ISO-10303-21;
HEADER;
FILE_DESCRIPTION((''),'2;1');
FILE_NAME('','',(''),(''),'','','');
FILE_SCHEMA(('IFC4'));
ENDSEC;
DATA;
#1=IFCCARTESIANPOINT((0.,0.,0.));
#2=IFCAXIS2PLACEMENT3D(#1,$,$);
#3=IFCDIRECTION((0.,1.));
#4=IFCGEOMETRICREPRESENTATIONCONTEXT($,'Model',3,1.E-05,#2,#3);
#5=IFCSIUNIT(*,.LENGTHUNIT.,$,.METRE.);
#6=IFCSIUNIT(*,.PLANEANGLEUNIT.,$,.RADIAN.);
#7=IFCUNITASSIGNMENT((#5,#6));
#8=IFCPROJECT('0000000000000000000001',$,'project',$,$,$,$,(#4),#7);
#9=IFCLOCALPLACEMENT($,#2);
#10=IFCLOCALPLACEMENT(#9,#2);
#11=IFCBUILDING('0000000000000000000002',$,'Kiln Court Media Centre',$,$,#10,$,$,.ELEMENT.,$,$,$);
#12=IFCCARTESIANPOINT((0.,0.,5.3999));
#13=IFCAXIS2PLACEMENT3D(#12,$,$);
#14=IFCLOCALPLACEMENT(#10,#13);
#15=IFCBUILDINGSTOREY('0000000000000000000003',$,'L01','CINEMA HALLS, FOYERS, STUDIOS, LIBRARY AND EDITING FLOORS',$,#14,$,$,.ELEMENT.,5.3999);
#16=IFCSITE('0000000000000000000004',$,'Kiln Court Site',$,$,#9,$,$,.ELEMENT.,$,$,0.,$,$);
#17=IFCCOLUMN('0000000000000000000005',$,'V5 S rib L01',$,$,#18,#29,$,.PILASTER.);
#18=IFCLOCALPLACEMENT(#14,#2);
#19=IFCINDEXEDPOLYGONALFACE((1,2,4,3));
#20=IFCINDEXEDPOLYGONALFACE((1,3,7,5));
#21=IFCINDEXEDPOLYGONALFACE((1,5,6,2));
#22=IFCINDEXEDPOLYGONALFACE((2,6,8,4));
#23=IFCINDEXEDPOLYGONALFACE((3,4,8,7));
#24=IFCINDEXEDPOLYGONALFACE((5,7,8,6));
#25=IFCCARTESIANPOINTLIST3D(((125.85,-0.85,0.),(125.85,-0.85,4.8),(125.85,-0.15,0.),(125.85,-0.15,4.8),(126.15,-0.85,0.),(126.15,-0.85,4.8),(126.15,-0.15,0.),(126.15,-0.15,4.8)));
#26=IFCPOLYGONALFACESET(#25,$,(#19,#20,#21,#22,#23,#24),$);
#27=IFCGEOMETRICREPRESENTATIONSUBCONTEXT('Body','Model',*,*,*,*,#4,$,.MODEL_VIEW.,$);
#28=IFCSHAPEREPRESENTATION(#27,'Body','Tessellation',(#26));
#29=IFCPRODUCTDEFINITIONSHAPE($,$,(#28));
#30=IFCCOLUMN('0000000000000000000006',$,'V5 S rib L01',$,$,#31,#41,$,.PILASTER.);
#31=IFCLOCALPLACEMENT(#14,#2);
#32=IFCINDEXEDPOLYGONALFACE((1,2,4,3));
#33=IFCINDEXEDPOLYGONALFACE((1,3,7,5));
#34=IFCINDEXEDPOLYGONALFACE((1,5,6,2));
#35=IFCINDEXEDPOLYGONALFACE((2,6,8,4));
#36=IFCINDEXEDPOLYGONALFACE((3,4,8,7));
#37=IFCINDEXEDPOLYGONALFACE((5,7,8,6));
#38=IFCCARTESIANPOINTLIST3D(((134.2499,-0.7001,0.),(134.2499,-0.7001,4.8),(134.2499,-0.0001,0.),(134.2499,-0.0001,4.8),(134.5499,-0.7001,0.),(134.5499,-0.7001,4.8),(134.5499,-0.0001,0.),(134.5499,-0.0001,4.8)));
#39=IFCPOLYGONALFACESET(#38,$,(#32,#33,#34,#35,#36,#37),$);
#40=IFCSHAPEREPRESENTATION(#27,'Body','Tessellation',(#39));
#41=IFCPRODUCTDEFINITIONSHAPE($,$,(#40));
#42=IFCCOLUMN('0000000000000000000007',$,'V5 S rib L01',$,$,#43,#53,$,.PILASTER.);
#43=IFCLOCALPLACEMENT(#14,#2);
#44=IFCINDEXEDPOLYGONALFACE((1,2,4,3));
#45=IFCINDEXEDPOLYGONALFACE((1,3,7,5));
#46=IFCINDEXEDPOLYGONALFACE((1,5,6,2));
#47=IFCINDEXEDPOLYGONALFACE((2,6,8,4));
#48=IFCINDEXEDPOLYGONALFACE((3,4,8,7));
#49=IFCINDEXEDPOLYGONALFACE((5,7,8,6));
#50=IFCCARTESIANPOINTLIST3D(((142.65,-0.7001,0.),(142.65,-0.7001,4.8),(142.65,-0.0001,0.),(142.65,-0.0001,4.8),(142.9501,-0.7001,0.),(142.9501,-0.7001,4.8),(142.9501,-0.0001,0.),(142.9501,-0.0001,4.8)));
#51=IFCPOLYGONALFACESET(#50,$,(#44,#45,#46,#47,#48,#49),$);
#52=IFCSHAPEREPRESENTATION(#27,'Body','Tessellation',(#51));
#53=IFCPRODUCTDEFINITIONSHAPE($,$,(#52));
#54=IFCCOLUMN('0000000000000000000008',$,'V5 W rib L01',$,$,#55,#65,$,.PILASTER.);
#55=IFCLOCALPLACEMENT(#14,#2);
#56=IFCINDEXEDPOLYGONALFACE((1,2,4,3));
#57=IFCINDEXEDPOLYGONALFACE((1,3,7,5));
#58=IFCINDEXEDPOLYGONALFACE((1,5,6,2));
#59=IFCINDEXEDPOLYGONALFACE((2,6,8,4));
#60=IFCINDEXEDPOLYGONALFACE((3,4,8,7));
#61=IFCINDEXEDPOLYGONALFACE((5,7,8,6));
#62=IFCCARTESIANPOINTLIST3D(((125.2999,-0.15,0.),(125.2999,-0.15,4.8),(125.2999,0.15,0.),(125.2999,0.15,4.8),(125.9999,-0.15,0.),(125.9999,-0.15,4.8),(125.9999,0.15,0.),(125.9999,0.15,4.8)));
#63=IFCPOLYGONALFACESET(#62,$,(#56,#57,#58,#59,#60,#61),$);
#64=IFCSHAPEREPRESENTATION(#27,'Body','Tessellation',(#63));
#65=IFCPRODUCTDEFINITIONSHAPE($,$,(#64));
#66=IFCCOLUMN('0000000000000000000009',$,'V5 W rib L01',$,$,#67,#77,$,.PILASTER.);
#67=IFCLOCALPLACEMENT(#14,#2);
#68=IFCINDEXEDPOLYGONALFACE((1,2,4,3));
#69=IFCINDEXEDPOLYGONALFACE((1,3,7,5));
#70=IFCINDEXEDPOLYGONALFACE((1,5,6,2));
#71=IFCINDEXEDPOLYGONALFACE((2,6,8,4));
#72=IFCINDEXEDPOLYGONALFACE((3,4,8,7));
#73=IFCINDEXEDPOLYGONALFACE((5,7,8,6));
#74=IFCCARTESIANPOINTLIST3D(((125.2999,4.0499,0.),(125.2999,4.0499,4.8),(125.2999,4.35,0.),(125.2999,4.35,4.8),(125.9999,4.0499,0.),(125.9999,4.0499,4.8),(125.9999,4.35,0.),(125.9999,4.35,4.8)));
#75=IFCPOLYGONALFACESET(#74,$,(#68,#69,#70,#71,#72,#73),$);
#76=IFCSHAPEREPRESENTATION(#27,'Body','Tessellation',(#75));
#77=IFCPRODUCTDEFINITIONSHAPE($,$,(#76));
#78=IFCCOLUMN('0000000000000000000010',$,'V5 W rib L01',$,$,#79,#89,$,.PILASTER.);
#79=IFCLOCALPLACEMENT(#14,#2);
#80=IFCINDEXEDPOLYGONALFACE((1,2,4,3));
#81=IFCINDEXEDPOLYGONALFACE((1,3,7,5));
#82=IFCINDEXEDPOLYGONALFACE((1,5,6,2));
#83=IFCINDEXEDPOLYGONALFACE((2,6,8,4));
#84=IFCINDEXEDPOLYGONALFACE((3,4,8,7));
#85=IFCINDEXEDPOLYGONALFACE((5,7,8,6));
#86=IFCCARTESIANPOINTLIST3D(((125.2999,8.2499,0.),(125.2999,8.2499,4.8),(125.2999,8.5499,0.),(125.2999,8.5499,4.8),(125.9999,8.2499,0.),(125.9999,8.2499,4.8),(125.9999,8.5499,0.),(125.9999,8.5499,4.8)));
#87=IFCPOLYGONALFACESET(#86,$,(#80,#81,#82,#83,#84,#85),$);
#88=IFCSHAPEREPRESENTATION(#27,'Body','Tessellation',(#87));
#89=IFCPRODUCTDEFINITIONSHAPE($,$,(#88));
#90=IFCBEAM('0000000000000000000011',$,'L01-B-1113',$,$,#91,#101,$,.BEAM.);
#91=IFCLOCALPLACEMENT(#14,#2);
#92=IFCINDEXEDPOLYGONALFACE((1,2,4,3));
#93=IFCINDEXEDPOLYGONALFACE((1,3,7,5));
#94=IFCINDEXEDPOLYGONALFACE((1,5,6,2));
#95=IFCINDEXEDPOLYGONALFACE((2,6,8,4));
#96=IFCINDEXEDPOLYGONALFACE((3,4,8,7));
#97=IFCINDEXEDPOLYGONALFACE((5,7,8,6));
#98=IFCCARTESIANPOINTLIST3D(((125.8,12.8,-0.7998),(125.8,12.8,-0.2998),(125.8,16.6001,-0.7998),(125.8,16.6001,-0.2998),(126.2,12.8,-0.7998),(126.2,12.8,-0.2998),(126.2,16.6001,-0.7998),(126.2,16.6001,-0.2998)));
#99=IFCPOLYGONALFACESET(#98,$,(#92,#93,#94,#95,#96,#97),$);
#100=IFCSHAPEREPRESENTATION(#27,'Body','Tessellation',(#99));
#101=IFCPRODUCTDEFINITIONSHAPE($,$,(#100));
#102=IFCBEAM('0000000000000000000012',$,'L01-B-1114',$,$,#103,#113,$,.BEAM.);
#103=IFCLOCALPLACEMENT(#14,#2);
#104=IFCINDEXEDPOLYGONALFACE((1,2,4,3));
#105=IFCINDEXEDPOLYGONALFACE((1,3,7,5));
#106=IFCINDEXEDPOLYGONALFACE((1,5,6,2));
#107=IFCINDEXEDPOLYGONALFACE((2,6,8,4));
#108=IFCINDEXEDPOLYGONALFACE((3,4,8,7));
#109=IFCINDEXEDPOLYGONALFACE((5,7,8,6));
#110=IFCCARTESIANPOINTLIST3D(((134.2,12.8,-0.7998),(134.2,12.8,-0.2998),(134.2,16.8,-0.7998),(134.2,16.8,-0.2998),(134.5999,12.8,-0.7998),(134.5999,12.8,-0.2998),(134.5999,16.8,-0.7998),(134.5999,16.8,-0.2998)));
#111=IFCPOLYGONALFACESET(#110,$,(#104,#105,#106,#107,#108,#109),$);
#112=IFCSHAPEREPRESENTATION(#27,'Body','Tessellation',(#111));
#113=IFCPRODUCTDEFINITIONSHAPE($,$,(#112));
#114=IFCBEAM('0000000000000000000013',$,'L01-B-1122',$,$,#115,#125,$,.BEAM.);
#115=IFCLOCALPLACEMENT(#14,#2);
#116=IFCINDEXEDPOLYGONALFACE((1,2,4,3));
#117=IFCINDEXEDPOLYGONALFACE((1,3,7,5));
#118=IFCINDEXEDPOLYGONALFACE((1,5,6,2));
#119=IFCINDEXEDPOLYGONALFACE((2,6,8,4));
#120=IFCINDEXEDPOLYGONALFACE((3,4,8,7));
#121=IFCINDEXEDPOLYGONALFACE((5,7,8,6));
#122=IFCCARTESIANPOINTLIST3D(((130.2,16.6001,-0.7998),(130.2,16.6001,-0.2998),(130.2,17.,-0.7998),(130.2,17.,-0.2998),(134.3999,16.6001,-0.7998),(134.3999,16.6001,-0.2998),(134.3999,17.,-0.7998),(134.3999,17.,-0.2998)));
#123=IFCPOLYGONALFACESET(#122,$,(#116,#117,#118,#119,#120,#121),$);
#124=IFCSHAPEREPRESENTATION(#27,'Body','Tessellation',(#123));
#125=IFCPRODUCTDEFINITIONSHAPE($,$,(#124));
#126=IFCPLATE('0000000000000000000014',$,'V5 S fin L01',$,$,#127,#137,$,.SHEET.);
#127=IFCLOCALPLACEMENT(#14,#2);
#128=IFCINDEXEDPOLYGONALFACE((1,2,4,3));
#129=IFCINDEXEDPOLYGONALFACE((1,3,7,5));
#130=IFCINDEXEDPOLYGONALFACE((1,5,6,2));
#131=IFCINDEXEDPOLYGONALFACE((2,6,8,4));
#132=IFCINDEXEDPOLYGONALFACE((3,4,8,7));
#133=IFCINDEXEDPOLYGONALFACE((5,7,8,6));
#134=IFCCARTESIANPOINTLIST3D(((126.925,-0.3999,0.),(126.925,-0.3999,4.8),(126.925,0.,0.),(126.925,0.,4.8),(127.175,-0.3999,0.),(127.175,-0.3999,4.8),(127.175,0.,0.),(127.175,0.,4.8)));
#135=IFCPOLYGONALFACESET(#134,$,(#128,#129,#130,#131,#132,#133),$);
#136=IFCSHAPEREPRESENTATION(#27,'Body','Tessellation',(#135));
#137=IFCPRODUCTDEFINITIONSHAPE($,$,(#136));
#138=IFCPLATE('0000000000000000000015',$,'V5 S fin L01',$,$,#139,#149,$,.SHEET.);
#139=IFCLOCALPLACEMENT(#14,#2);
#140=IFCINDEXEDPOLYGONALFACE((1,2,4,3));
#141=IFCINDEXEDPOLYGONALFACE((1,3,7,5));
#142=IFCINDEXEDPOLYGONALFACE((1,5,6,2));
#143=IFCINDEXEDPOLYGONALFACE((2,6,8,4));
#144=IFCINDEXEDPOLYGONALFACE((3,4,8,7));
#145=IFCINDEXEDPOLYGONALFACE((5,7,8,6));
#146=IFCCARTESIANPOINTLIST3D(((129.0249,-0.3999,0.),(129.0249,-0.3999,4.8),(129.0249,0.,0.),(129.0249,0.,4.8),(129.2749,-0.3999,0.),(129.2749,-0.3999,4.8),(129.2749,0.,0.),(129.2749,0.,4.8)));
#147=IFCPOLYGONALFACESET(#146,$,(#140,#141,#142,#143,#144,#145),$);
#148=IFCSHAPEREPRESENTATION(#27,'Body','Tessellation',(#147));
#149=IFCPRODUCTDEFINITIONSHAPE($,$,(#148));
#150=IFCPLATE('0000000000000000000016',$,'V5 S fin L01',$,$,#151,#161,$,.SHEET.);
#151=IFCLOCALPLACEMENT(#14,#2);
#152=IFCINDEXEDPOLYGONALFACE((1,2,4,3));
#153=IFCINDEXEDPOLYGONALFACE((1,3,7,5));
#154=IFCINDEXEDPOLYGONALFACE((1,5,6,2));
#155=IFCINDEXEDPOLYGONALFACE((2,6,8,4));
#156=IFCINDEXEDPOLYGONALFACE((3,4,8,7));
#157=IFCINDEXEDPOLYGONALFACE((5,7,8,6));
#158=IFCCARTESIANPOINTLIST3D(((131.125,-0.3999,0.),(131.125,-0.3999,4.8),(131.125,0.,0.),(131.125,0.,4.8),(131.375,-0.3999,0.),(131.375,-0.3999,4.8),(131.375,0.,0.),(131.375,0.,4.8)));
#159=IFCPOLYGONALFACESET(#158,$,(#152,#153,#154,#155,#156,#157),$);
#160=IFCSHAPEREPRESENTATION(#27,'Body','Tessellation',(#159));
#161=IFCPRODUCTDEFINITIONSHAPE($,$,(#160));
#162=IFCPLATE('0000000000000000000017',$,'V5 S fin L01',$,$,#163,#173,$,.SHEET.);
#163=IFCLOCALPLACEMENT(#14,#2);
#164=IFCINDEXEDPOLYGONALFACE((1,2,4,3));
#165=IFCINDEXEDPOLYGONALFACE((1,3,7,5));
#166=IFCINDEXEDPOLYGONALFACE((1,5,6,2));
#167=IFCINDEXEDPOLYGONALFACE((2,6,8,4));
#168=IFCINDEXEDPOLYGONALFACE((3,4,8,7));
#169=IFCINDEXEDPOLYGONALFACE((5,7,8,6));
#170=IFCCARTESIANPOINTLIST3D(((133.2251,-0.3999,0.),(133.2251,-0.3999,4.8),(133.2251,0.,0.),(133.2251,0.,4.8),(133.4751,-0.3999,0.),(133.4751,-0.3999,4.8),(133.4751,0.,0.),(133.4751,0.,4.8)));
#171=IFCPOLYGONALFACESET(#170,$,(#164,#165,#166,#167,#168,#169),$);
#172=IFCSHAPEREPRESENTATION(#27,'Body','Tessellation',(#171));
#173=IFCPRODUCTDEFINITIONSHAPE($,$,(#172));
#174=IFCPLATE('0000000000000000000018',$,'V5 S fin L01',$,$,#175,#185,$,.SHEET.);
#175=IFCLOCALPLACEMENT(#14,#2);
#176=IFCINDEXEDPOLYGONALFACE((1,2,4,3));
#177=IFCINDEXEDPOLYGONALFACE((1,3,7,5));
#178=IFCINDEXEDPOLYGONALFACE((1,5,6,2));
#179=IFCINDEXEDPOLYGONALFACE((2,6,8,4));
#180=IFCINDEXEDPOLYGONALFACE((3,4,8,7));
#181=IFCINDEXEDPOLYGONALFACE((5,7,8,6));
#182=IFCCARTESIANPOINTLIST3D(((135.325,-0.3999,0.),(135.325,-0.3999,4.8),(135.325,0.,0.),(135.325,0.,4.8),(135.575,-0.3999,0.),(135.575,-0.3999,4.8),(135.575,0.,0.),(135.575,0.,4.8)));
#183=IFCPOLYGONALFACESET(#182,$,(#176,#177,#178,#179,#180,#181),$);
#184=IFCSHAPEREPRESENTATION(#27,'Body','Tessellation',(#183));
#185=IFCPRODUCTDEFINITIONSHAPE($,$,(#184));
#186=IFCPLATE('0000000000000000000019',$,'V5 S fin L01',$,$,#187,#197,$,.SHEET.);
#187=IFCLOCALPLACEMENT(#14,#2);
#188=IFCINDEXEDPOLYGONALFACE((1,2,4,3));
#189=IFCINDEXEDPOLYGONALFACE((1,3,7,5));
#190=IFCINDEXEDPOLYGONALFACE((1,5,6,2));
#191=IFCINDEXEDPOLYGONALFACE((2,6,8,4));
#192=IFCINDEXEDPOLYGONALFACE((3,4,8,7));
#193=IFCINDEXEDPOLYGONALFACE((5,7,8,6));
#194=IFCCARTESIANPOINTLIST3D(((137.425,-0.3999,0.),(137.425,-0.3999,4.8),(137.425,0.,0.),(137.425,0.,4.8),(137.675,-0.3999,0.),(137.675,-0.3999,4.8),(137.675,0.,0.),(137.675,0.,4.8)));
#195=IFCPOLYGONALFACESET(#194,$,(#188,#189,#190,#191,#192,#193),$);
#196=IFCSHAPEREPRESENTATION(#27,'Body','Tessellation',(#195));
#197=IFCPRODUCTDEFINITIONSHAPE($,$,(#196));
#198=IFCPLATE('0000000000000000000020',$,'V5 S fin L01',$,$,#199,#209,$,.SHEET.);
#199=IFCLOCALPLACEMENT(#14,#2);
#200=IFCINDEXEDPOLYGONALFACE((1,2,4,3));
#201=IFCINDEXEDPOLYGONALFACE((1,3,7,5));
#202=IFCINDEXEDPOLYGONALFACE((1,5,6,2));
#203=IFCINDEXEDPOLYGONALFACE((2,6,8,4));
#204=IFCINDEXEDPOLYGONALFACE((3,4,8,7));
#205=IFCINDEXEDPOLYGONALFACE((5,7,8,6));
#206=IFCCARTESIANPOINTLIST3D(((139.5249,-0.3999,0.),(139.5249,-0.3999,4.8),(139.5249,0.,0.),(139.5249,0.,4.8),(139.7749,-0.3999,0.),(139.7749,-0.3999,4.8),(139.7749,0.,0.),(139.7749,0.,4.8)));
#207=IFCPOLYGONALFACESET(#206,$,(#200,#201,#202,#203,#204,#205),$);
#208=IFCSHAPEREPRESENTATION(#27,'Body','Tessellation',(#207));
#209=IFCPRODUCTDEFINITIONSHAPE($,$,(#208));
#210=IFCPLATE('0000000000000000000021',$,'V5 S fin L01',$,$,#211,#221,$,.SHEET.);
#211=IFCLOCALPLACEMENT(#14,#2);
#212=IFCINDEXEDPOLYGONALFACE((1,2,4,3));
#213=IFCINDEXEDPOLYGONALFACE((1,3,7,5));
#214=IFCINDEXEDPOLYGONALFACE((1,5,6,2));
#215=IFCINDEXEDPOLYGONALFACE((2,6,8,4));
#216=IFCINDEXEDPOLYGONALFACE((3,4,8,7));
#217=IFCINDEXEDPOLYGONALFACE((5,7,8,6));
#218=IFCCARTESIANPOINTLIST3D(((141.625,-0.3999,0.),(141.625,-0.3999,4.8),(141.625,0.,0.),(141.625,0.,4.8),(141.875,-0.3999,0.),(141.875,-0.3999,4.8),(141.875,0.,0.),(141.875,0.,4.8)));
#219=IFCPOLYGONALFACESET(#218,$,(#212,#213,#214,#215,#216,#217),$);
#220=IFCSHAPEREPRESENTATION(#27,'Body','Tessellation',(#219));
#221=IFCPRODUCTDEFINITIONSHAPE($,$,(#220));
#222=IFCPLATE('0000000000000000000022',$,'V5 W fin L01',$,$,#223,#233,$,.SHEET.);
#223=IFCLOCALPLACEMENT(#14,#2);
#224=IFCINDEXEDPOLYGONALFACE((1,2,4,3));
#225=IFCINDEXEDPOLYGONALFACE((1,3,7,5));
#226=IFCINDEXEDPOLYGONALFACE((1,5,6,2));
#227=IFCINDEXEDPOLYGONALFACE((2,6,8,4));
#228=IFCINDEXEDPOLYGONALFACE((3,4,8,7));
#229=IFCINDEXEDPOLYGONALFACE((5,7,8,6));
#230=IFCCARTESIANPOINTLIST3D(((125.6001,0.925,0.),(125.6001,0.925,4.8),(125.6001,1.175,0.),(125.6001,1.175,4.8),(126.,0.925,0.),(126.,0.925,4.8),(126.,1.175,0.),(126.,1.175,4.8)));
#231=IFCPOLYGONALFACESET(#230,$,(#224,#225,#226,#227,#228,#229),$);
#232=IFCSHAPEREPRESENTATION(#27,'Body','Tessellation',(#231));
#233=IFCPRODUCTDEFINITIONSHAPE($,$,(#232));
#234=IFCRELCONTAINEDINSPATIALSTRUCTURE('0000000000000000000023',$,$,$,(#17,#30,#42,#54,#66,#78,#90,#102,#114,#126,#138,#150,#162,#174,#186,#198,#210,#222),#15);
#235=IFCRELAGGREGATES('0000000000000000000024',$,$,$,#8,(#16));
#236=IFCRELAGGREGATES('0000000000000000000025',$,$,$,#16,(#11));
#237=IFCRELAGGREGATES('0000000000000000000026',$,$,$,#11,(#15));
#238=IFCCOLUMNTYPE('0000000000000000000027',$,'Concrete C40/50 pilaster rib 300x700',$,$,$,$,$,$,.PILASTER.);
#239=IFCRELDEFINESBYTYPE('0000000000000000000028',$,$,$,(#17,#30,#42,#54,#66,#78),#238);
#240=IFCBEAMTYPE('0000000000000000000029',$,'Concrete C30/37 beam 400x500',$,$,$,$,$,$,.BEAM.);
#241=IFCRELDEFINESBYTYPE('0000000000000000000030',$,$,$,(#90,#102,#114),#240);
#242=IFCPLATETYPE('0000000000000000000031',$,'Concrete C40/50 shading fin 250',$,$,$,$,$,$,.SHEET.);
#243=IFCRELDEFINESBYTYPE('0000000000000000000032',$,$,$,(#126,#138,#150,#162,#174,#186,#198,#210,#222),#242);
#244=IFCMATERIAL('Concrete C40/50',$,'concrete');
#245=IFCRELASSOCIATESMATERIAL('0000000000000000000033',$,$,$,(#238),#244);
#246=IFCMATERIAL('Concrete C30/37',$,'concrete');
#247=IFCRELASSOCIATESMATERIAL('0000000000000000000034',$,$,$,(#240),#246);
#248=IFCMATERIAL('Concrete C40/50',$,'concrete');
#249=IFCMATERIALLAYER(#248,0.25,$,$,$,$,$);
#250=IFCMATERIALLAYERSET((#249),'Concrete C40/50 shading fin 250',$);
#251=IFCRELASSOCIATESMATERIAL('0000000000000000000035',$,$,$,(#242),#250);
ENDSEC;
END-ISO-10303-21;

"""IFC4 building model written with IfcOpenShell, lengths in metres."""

from ifc_helpers import new_model, si_unit, direction, frame, origin, origin_2d, place, context, subcontext, project, spatial, rectangle, extrude, material, layer, layer_set, material_profile, profile_set, type_object, element, save


model = new_model("IFC4")

# Units and contexts
model_context = context("Model", 3, precision=1e-05, world=origin(), true_north=direction((0.0, 1.0)))
body_context = subcontext(model_context, "Body", "Model", "MODEL_VIEW")
ifc_project = project(units=[si_unit("LENGTHUNIT", "METRE"), si_unit("PLANEANGLEUNIT", "RADIAN")], contexts=[model_context])

# Site, building, storey
site_placement = place(None, origin())
site = spatial("IfcSite", under=ifc_project, at=site_placement, Name="Kiln Court Site", CompositionType="ELEMENT", RefElevation=0.0)
building_placement = place(site_placement, origin())
building = spatial("IfcBuilding", under=site, at=building_placement, Name="Kiln Court Media Centre", CompositionType="ELEMENT")
storey_placement = place(building_placement, frame((0.0, 0.0, 5.3999)))
storey = spatial("IfcBuildingStorey", under=building, at=storey_placement, Name="L01", Description="CINEMA HALLS, FOYERS, STUDIOS, LIBRARY AND EDITING FLOORS", CompositionType="ELEMENT", Elevation=5.3999)

# Columns
ifc_material_1 = material(Name="Concrete C40/50", Category="concrete")
ifc_material_profile_1 = material_profile(ifc_material_1, rectangle(XDim=0.3, YDim=0.7, at=origin_2d()), Name="RC 300x700")
ifc_profile_set_1 = profile_set([ifc_material_profile_1], Name="Concrete C40/50")
column_type = type_object("IfcColumnType", Name="Concrete C40/50 pilaster rib 300x700", PredefinedType="PILASTER", material=ifc_profile_set_1)
for number, where, z_axis, x_axis, name in (
    (1, (126.0, -0.5, 0.0), (0.0, 0.0, 1.0), (1.0, 0.0, 0.0), "V5 S rib L01"),
    (2, (134.3999, -0.3501, 0.0), (0.0, 0.0, 1.0), (1.0, 0.0, 0.0), "V5 S rib L01"),
    (3, (142.8, -0.3501, 0.0), (0.0, 0.0, 1.0), (1.0, 0.0, 0.0), "V5 S rib L01"),
    (4, (125.6499, 0.0, 0.0), (0.0, 0.0, 1.0), (0.0, 1.0, 0.0), "V5 W rib L01"),
    (5, (125.6499, 4.2, 0.0), (0.0, 0.0, 1.0), (0.0, 1.0, 0.0), "V5 W rib L01"),
    (6, (125.6499, 8.3999, 0.0), (0.0, 0.0, 1.0), (0.0, 1.0, 0.0), "V5 W rib L01"),
):
    element("IfcColumn", number, at=place(storey_placement, frame(where, z_axis=z_axis, x_axis=x_axis)), inside=storey, type_object=column_type, Name=name, PredefinedType="PILASTER", context=body_context, shape_type="SweptSolid", body=[
        extrude(rectangle(XDim=0.3, YDim=0.7, at=origin_2d()), origin(), (0.0, 0.0, 1.0), 4.8),
    ])

# Beams
ifc_material_2 = material(Name="Concrete C30/37", Category="concrete")
ifc_material_profile_2 = material_profile(ifc_material_2, rectangle(XDim=0.3999, YDim=0.5, at=origin_2d()), Name="RC 400x500")
ifc_profile_set_2 = profile_set([ifc_material_profile_2], Name="Concrete C30/37")
beam_type = type_object("IfcBeamType", Name="Concrete C30/37 beam 400x500", PredefinedType="BEAM", material=ifc_profile_set_2)
beam_1_placement = place(storey_placement, frame((126.0, 12.8, -0.5498), z_axis=(0.0, 1.0, 0.0), x_axis=(-1.0, 0.0, 0.0)))
element("IfcBeam", 7, at=beam_1_placement, inside=storey, type_object=beam_type, Name="L01-B-1113", PredefinedType="BEAM", context=body_context, shape_type="SweptSolid", body=[
    extrude(rectangle(XDim=0.3999, YDim=0.5, at=origin_2d()), origin(), (0.0, 0.0, 1.0), 3.8),
])
beam_2_placement = place(storey_placement, frame((134.3999, 12.8, -0.5498), z_axis=(0.0, 1.0, 0.0), x_axis=(-1.0, 0.0, 0.0)))
element("IfcBeam", 8, at=beam_2_placement, inside=storey, type_object=beam_type, Name="L01-B-1114", PredefinedType="BEAM", context=body_context, shape_type="SweptSolid", body=[
    extrude(rectangle(XDim=0.3999, YDim=0.5, at=origin_2d()), origin(), (0.0, 0.0, 1.0), 4.0),
])
beam_3_placement = place(storey_placement, frame((130.2, 16.8, -0.5498), z_axis=(1.0, 0.0, 0.0), x_axis=(0.0, 1.0, 0.0)))
element("IfcBeam", 9, at=beam_3_placement, inside=storey, type_object=beam_type, Name="L01-B-1122", PredefinedType="BEAM", context=body_context, shape_type="SweptSolid", body=[
    extrude(rectangle(XDim=0.3999, YDim=0.5, at=origin_2d()), origin(), (0.0, 0.0, 1.0), 4.2),
])

# Plates
ifc_material_3 = material(Name="Concrete C40/50", Category="concrete")
ifc_layer_1 = layer(ifc_material_3, 0.25)
ifc_layer_set_1 = layer_set([ifc_layer_1], Name="Concrete C40/50 shading fin 250")
plate_type = type_object("IfcPlateType", Name="Concrete C40/50 shading fin 250", PredefinedType="SHEET", material=ifc_layer_set_1)
for number, where, z_axis, x_axis, name in (
    (10, (127.05, -0.2, 0.0), (0.0, 0.0, 1.0), (1.0, 0.0, 0.0), "V5 S fin L01"),
    (11, (129.1499, -0.2, 0.0), (0.0, 0.0, 1.0), (1.0, 0.0, 0.0), "V5 S fin L01"),
    (12, (131.25, -0.2, 0.0), (0.0, 0.0, 1.0), (1.0, 0.0, 0.0), "V5 S fin L01"),
    (13, (133.3501, -0.2, 0.0), (0.0, 0.0, 1.0), (1.0, 0.0, 0.0), "V5 S fin L01"),
    (14, (135.45, -0.2, 0.0), (0.0, 0.0, 1.0), (1.0, 0.0, 0.0), "V5 S fin L01"),
    (15, (137.55, -0.2, 0.0), (0.0, 0.0, 1.0), (1.0, 0.0, 0.0), "V5 S fin L01"),
    (16, (139.6499, -0.2, 0.0), (0.0, 0.0, 1.0), (1.0, 0.0, 0.0), "V5 S fin L01"),
    (17, (141.75, -0.2, 0.0), (0.0, 0.0, 1.0), (1.0, 0.0, 0.0), "V5 S fin L01"),
):
    element("IfcPlate", number, at=place(storey_placement, frame(where, z_axis=z_axis, x_axis=x_axis)), inside=storey, type_object=plate_type, Name=name, PredefinedType="SHEET", context=body_context, shape_type="SweptSolid", body=[
        extrude(rectangle(XDim=0.25, YDim=0.3999, at=origin_2d()), origin(), (0.0, 0.0, 1.0), 4.8),
    ])
for number, where, z_axis, x_axis, name in (
    (18, (125.8, 1.05, 0.0), (0.0, 0.0, 1.0), (1.0, 0.0, 0.0), "V5 W fin L01"),
):
    element("IfcPlate", number, at=place(storey_placement, frame(where, z_axis=z_axis, x_axis=x_axis)), inside=storey, type_object=plate_type, Name=name, PredefinedType="SHEET", context=body_context, shape_type="SweptSolid", body=[
        extrude(rectangle(XDim=0.3999, YDim=0.25, at=origin_2d()), origin(), (0.0, 0.0, 1.0), 4.8),
    ])

save(model, "model.ifc")
